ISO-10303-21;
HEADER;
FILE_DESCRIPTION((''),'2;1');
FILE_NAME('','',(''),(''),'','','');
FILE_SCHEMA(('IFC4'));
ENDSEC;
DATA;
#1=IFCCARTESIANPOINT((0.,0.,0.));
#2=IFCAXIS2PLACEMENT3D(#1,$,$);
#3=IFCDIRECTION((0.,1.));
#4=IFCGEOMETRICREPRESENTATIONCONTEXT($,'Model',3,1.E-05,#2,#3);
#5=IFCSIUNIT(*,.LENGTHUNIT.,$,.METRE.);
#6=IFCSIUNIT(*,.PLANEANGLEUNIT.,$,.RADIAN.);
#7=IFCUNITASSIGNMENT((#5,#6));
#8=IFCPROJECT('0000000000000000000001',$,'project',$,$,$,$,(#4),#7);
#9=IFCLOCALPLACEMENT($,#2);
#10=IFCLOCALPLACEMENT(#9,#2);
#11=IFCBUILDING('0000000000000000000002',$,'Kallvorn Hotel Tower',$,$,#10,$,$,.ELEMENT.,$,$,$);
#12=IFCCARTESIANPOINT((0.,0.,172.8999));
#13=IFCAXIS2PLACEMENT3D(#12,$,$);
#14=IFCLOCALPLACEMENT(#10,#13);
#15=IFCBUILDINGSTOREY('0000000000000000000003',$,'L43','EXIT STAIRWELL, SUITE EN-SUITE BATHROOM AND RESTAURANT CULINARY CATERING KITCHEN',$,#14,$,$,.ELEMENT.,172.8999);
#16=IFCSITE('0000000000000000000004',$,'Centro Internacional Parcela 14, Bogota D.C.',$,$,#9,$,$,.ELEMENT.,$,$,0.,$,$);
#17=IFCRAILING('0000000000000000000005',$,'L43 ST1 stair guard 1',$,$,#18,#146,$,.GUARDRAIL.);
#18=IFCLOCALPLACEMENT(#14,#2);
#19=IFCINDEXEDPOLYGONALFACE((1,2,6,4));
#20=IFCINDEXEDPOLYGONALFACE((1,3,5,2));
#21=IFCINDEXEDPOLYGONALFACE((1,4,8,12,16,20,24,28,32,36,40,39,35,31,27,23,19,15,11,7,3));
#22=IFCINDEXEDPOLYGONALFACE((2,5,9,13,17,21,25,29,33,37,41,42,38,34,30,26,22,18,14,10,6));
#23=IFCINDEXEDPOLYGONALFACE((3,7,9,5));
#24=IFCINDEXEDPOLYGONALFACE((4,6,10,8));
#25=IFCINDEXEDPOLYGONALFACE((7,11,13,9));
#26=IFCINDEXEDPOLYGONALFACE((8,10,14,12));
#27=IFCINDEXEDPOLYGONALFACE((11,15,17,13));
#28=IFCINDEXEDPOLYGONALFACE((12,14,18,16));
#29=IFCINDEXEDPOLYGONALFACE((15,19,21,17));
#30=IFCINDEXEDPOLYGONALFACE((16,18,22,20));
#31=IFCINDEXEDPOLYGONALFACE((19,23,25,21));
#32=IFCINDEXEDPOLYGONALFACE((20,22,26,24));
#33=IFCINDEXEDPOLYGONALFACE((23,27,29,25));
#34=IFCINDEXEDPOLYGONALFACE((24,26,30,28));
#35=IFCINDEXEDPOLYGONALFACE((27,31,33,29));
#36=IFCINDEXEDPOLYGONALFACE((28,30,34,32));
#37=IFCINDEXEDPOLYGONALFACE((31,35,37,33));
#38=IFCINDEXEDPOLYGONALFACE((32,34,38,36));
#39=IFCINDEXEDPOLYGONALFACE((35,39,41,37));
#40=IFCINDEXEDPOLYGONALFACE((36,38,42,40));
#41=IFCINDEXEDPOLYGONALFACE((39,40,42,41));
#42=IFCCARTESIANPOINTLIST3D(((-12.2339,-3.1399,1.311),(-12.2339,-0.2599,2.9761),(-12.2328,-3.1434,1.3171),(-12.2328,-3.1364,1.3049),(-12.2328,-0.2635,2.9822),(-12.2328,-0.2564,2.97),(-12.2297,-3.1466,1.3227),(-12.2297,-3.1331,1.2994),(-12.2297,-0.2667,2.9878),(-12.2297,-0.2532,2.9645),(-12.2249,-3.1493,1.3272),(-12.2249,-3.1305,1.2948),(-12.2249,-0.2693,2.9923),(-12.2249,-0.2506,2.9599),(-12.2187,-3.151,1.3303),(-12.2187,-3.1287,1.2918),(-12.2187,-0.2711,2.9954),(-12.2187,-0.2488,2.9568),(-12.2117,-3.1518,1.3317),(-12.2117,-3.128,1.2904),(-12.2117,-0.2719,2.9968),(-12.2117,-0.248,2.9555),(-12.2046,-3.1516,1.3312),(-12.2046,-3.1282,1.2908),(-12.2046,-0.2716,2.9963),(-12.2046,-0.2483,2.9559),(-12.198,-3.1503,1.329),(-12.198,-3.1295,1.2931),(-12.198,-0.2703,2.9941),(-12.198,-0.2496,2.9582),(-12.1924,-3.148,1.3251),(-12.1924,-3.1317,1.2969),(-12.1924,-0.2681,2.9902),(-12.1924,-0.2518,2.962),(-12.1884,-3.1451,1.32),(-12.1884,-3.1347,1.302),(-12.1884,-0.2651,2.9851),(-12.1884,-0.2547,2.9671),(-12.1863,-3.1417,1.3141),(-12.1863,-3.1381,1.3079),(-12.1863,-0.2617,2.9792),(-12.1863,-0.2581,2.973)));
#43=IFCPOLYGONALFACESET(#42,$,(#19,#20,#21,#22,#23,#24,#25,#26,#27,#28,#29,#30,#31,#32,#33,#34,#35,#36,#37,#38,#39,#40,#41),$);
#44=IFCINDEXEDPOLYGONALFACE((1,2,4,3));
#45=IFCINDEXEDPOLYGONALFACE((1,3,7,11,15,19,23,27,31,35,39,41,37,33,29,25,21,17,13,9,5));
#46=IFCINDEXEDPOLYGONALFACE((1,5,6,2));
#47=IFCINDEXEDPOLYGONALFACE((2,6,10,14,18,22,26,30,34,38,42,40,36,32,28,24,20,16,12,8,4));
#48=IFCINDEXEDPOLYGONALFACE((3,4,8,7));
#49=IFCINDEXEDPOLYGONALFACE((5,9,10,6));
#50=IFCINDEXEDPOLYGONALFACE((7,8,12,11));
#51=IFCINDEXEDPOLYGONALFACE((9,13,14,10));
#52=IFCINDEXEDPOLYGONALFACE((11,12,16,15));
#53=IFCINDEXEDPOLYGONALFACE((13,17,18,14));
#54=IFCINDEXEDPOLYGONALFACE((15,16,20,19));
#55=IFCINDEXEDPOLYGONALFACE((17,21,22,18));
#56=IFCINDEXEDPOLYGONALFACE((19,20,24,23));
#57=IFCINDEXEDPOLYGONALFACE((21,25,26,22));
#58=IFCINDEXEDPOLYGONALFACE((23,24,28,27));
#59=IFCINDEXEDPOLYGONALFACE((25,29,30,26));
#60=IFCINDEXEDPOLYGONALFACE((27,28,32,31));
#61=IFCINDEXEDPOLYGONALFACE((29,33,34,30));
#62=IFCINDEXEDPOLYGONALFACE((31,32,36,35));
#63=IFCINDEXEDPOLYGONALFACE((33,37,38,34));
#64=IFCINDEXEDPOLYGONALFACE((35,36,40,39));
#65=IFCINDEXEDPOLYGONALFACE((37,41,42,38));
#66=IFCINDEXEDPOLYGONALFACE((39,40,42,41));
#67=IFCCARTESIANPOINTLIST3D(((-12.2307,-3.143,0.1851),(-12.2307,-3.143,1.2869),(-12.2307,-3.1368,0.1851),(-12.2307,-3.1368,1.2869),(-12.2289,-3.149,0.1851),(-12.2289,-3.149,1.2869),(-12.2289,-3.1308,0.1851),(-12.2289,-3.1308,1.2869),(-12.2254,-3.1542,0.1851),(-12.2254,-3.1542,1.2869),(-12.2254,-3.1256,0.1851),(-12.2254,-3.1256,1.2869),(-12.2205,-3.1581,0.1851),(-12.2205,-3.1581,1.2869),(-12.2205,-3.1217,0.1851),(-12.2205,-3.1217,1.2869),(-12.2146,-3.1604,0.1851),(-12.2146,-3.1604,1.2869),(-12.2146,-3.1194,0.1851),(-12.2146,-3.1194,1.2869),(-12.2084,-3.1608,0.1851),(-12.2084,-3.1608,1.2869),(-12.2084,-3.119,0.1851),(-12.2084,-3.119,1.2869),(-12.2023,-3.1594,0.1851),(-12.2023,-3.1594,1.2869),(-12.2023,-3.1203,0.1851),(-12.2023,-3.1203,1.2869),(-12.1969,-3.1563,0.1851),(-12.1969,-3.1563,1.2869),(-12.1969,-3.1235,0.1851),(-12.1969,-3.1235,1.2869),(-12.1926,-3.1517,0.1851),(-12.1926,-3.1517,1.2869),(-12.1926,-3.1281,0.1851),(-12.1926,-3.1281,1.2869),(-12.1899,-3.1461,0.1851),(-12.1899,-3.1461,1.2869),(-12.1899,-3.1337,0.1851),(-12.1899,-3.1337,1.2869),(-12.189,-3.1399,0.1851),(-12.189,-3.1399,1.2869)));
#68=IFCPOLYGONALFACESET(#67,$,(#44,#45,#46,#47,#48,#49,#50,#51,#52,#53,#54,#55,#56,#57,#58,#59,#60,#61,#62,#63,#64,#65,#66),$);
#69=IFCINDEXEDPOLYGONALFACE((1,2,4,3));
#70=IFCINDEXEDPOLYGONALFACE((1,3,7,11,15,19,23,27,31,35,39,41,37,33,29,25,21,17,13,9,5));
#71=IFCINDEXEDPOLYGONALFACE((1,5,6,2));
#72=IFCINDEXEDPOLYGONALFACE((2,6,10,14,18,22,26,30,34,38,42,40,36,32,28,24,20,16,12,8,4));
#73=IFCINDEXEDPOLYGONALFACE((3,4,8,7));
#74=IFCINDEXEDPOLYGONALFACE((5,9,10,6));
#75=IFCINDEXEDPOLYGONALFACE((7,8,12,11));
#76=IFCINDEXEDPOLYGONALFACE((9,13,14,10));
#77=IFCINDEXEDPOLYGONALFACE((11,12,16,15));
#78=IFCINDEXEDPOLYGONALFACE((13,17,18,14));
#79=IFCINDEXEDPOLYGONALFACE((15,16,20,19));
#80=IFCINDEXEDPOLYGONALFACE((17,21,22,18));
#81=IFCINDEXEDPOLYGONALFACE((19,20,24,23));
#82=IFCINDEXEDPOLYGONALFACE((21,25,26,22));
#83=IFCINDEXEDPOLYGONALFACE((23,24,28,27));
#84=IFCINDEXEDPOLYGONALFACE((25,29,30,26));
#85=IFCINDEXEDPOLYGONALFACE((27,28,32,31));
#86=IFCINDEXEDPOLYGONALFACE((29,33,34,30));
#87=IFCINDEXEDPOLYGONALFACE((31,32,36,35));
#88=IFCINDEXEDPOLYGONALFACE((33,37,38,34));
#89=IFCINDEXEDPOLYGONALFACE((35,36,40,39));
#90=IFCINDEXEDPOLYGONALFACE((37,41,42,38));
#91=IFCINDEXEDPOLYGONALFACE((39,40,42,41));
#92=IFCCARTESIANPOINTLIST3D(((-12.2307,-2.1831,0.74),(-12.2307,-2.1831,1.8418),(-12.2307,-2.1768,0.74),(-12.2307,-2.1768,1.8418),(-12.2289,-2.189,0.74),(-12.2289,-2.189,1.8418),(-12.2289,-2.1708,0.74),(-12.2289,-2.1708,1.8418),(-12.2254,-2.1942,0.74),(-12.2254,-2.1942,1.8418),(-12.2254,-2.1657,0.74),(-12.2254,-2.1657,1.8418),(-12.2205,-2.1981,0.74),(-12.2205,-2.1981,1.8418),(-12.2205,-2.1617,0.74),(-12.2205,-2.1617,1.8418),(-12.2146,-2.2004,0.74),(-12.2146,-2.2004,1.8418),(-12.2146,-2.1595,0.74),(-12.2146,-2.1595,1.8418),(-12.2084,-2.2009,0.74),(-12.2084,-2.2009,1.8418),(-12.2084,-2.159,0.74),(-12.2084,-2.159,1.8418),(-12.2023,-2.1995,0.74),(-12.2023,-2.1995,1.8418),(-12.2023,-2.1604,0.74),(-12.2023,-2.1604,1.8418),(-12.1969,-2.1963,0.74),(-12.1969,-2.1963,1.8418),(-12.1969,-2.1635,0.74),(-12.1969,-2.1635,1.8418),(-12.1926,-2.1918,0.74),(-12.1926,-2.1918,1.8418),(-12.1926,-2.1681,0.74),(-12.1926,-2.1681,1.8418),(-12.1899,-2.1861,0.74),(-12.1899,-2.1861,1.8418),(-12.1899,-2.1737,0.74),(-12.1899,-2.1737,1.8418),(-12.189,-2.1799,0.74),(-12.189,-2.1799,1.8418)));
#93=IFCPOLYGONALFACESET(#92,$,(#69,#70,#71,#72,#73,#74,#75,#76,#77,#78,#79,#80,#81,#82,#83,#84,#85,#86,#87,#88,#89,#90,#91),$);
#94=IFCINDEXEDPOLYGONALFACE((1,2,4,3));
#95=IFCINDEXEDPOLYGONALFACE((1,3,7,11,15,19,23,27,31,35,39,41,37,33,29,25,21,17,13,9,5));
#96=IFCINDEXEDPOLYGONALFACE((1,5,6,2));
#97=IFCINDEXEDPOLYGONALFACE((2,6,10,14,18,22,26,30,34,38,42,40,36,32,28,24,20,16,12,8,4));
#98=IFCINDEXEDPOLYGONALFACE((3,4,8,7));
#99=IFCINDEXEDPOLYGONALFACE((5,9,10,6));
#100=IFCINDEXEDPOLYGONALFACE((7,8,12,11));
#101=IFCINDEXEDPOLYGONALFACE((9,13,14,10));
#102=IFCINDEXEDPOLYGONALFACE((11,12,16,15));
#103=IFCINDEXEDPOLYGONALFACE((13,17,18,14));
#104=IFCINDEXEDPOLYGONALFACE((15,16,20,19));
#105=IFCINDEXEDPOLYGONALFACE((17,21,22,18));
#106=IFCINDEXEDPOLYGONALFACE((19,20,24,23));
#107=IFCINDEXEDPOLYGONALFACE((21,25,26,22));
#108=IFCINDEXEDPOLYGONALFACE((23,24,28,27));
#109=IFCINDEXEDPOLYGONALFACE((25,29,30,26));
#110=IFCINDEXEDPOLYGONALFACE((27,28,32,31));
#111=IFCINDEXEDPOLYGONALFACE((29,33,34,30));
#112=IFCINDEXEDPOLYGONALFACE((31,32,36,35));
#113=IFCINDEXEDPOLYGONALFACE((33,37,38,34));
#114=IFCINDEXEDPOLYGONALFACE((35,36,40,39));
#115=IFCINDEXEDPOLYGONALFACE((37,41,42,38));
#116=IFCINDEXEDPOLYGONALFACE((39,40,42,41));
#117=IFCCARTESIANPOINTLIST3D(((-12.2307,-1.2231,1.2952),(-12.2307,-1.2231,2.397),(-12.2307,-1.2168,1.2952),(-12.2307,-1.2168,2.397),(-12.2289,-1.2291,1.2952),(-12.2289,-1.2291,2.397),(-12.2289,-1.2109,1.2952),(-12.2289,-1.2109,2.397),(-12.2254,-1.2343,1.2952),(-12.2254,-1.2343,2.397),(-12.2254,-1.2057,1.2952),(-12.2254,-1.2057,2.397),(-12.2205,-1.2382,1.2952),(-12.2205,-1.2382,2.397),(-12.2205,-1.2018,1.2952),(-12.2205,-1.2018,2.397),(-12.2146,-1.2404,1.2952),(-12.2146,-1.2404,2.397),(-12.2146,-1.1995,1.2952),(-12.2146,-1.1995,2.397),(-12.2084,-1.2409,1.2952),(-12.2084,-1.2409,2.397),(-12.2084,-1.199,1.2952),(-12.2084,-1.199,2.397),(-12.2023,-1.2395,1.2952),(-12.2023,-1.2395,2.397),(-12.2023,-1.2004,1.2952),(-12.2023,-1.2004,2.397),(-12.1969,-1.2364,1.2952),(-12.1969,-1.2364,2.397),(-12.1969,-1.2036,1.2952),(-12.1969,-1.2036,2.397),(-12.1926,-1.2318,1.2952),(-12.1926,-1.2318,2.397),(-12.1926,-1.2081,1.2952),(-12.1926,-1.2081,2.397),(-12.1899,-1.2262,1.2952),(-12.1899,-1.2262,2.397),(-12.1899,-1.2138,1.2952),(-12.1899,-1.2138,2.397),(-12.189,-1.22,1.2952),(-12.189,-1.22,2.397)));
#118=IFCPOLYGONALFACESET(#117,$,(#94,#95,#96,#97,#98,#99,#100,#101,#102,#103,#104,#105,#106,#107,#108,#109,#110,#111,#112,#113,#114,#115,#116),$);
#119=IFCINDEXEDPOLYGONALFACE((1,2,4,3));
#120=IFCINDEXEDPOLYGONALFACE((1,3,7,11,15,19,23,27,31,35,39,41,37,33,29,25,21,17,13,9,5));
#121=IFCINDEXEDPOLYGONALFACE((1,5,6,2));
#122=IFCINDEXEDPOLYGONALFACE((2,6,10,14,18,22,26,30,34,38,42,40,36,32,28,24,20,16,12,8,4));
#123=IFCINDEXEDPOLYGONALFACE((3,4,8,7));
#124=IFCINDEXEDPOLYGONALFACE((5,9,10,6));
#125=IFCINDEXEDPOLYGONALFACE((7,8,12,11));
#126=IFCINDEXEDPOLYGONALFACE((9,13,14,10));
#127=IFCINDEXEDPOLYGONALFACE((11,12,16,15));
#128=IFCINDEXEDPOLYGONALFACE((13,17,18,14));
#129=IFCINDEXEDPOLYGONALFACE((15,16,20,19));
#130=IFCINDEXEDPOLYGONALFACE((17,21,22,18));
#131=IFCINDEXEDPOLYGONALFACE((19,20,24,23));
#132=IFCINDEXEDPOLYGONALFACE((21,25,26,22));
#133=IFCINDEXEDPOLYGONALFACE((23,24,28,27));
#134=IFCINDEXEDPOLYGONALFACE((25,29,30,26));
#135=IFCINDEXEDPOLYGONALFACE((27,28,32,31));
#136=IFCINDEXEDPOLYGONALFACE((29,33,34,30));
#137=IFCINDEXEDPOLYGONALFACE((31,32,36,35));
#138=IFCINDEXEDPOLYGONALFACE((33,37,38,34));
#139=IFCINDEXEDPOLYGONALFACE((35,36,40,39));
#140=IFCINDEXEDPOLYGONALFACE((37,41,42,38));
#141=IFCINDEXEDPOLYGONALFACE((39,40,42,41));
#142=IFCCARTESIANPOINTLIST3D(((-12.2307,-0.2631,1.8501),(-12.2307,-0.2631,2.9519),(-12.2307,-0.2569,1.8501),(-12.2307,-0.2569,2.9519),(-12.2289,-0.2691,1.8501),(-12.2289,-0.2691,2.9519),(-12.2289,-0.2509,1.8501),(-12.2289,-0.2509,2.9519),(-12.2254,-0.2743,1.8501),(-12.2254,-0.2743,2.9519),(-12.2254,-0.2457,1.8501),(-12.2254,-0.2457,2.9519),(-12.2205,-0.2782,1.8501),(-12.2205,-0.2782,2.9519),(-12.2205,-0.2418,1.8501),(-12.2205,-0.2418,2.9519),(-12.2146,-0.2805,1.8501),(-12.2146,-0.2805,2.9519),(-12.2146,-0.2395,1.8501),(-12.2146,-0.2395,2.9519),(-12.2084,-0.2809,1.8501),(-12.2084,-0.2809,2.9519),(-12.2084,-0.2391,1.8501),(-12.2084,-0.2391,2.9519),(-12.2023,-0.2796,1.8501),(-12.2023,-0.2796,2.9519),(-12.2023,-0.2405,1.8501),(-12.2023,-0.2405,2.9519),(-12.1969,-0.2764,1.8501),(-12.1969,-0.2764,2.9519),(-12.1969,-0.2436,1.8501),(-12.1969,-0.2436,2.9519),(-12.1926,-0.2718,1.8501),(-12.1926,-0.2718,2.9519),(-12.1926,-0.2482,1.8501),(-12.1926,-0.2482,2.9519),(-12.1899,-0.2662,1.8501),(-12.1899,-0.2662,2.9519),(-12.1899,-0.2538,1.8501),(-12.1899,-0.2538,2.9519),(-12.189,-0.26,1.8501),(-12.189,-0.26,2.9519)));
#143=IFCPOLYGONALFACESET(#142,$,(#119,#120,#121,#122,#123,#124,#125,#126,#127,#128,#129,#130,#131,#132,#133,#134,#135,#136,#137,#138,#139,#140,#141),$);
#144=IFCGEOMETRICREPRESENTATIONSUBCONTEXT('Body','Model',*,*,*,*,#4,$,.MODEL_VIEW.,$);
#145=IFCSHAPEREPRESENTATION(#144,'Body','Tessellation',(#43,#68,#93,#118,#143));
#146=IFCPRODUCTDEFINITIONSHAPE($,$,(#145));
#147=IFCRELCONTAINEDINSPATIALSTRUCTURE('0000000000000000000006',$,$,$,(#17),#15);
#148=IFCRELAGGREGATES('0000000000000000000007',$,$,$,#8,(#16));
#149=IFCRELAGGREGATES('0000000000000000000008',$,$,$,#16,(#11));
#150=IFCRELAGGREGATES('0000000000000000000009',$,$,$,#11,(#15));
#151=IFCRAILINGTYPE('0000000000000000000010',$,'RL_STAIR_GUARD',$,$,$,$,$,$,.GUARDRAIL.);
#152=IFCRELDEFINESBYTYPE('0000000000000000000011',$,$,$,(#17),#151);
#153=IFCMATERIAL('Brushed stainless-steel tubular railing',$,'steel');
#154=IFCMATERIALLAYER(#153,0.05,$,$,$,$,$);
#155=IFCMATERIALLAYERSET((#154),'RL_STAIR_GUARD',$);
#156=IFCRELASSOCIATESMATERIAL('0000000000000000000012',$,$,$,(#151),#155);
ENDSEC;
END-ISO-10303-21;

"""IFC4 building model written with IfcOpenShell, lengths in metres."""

from ifc_helpers import new_model, si_unit, direction, frame, origin, origin_2d, place, context, subcontext, project, spatial, circle, extrude, material, layer, layer_set, type_object, element, save


model = new_model("IFC4")

# Units and contexts
model_context = context("Model", 3, precision=1e-05, world=origin(), true_north=direction((0.0, 1.0)))
body_context = subcontext(model_context, "Body", "Model", "MODEL_VIEW")
ifc_project = project(units=[si_unit("LENGTHUNIT", "METRE"), si_unit("PLANEANGLEUNIT", "RADIAN")], contexts=[model_context])

# Site, building, storey
site_placement = place(None, origin())
site = spatial("IfcSite", under=ifc_project, at=site_placement, Name="Centro Internacional Parcela 14, Bogota D.C.", CompositionType="ELEMENT", RefElevation=0.0)
building_placement = place(site_placement, origin())
building = spatial("IfcBuilding", under=site, at=building_placement, Name="Kallvorn Hotel Tower", CompositionType="ELEMENT")
storey_placement = place(building_placement, frame((0.0, 0.0, 172.8999)))
storey = spatial("IfcBuildingStorey", under=building, at=storey_placement, Name="L43", Description="EXIT STAIRWELL, SUITE EN-SUITE BATHROOM AND RESTAURANT CULINARY CATERING KITCHEN", CompositionType="ELEMENT", Elevation=172.8999)

# Railing
ifc_material_1 = material(Name="Brushed stainless-steel tubular railing", Category="steel")
ifc_layer_1 = layer(ifc_material_1, 0.05)
ifc_layer_set_1 = layer_set([ifc_layer_1], Name="RL_STAIR_GUARD")
railing_type = type_object("IfcRailingType", Name="RL_STAIR_GUARD", PredefinedType="GUARDRAIL", material=ifc_layer_set_1)
railing_placement = place(storey_placement, frame((-12.21, -3.1399, 0.1851)))
element("IfcRailing", 1, at=railing_placement, inside=storey, type_object=railing_type, Name="L43 ST1 stair guard 1", PredefinedType="GUARDRAIL", context=body_context, shape_type="SweptSolid", body=[
    extrude(circle(Radius=0.0239, at=origin_2d()), frame((0.0, 0.0, 1.126), z_axis=(0.0, 0.865721, 0.500527), x_axis=(-1.0, 0.0, 0.0)), (0.0, 0.0, 1.0), 3.3267),
    extrude(circle(Radius=0.021, at=origin_2d()), origin(), (0.0, 0.0, 1.0), 1.1018),
    extrude(circle(Radius=0.021, at=origin_2d()), frame((0.0, 0.96, 0.5549)), (0.0, 0.0, 1.0), 1.1018),
    extrude(circle(Radius=0.021, at=origin_2d()), frame((0.0, 1.9199, 1.1101)), (0.0, 0.0, 1.0), 1.1018),
    extrude(circle(Radius=0.021, at=origin_2d()), frame((0.0, 2.8799, 1.665)), (0.0, 0.0, 1.0), 1.1018),
])

save(model, "model.ifc")
